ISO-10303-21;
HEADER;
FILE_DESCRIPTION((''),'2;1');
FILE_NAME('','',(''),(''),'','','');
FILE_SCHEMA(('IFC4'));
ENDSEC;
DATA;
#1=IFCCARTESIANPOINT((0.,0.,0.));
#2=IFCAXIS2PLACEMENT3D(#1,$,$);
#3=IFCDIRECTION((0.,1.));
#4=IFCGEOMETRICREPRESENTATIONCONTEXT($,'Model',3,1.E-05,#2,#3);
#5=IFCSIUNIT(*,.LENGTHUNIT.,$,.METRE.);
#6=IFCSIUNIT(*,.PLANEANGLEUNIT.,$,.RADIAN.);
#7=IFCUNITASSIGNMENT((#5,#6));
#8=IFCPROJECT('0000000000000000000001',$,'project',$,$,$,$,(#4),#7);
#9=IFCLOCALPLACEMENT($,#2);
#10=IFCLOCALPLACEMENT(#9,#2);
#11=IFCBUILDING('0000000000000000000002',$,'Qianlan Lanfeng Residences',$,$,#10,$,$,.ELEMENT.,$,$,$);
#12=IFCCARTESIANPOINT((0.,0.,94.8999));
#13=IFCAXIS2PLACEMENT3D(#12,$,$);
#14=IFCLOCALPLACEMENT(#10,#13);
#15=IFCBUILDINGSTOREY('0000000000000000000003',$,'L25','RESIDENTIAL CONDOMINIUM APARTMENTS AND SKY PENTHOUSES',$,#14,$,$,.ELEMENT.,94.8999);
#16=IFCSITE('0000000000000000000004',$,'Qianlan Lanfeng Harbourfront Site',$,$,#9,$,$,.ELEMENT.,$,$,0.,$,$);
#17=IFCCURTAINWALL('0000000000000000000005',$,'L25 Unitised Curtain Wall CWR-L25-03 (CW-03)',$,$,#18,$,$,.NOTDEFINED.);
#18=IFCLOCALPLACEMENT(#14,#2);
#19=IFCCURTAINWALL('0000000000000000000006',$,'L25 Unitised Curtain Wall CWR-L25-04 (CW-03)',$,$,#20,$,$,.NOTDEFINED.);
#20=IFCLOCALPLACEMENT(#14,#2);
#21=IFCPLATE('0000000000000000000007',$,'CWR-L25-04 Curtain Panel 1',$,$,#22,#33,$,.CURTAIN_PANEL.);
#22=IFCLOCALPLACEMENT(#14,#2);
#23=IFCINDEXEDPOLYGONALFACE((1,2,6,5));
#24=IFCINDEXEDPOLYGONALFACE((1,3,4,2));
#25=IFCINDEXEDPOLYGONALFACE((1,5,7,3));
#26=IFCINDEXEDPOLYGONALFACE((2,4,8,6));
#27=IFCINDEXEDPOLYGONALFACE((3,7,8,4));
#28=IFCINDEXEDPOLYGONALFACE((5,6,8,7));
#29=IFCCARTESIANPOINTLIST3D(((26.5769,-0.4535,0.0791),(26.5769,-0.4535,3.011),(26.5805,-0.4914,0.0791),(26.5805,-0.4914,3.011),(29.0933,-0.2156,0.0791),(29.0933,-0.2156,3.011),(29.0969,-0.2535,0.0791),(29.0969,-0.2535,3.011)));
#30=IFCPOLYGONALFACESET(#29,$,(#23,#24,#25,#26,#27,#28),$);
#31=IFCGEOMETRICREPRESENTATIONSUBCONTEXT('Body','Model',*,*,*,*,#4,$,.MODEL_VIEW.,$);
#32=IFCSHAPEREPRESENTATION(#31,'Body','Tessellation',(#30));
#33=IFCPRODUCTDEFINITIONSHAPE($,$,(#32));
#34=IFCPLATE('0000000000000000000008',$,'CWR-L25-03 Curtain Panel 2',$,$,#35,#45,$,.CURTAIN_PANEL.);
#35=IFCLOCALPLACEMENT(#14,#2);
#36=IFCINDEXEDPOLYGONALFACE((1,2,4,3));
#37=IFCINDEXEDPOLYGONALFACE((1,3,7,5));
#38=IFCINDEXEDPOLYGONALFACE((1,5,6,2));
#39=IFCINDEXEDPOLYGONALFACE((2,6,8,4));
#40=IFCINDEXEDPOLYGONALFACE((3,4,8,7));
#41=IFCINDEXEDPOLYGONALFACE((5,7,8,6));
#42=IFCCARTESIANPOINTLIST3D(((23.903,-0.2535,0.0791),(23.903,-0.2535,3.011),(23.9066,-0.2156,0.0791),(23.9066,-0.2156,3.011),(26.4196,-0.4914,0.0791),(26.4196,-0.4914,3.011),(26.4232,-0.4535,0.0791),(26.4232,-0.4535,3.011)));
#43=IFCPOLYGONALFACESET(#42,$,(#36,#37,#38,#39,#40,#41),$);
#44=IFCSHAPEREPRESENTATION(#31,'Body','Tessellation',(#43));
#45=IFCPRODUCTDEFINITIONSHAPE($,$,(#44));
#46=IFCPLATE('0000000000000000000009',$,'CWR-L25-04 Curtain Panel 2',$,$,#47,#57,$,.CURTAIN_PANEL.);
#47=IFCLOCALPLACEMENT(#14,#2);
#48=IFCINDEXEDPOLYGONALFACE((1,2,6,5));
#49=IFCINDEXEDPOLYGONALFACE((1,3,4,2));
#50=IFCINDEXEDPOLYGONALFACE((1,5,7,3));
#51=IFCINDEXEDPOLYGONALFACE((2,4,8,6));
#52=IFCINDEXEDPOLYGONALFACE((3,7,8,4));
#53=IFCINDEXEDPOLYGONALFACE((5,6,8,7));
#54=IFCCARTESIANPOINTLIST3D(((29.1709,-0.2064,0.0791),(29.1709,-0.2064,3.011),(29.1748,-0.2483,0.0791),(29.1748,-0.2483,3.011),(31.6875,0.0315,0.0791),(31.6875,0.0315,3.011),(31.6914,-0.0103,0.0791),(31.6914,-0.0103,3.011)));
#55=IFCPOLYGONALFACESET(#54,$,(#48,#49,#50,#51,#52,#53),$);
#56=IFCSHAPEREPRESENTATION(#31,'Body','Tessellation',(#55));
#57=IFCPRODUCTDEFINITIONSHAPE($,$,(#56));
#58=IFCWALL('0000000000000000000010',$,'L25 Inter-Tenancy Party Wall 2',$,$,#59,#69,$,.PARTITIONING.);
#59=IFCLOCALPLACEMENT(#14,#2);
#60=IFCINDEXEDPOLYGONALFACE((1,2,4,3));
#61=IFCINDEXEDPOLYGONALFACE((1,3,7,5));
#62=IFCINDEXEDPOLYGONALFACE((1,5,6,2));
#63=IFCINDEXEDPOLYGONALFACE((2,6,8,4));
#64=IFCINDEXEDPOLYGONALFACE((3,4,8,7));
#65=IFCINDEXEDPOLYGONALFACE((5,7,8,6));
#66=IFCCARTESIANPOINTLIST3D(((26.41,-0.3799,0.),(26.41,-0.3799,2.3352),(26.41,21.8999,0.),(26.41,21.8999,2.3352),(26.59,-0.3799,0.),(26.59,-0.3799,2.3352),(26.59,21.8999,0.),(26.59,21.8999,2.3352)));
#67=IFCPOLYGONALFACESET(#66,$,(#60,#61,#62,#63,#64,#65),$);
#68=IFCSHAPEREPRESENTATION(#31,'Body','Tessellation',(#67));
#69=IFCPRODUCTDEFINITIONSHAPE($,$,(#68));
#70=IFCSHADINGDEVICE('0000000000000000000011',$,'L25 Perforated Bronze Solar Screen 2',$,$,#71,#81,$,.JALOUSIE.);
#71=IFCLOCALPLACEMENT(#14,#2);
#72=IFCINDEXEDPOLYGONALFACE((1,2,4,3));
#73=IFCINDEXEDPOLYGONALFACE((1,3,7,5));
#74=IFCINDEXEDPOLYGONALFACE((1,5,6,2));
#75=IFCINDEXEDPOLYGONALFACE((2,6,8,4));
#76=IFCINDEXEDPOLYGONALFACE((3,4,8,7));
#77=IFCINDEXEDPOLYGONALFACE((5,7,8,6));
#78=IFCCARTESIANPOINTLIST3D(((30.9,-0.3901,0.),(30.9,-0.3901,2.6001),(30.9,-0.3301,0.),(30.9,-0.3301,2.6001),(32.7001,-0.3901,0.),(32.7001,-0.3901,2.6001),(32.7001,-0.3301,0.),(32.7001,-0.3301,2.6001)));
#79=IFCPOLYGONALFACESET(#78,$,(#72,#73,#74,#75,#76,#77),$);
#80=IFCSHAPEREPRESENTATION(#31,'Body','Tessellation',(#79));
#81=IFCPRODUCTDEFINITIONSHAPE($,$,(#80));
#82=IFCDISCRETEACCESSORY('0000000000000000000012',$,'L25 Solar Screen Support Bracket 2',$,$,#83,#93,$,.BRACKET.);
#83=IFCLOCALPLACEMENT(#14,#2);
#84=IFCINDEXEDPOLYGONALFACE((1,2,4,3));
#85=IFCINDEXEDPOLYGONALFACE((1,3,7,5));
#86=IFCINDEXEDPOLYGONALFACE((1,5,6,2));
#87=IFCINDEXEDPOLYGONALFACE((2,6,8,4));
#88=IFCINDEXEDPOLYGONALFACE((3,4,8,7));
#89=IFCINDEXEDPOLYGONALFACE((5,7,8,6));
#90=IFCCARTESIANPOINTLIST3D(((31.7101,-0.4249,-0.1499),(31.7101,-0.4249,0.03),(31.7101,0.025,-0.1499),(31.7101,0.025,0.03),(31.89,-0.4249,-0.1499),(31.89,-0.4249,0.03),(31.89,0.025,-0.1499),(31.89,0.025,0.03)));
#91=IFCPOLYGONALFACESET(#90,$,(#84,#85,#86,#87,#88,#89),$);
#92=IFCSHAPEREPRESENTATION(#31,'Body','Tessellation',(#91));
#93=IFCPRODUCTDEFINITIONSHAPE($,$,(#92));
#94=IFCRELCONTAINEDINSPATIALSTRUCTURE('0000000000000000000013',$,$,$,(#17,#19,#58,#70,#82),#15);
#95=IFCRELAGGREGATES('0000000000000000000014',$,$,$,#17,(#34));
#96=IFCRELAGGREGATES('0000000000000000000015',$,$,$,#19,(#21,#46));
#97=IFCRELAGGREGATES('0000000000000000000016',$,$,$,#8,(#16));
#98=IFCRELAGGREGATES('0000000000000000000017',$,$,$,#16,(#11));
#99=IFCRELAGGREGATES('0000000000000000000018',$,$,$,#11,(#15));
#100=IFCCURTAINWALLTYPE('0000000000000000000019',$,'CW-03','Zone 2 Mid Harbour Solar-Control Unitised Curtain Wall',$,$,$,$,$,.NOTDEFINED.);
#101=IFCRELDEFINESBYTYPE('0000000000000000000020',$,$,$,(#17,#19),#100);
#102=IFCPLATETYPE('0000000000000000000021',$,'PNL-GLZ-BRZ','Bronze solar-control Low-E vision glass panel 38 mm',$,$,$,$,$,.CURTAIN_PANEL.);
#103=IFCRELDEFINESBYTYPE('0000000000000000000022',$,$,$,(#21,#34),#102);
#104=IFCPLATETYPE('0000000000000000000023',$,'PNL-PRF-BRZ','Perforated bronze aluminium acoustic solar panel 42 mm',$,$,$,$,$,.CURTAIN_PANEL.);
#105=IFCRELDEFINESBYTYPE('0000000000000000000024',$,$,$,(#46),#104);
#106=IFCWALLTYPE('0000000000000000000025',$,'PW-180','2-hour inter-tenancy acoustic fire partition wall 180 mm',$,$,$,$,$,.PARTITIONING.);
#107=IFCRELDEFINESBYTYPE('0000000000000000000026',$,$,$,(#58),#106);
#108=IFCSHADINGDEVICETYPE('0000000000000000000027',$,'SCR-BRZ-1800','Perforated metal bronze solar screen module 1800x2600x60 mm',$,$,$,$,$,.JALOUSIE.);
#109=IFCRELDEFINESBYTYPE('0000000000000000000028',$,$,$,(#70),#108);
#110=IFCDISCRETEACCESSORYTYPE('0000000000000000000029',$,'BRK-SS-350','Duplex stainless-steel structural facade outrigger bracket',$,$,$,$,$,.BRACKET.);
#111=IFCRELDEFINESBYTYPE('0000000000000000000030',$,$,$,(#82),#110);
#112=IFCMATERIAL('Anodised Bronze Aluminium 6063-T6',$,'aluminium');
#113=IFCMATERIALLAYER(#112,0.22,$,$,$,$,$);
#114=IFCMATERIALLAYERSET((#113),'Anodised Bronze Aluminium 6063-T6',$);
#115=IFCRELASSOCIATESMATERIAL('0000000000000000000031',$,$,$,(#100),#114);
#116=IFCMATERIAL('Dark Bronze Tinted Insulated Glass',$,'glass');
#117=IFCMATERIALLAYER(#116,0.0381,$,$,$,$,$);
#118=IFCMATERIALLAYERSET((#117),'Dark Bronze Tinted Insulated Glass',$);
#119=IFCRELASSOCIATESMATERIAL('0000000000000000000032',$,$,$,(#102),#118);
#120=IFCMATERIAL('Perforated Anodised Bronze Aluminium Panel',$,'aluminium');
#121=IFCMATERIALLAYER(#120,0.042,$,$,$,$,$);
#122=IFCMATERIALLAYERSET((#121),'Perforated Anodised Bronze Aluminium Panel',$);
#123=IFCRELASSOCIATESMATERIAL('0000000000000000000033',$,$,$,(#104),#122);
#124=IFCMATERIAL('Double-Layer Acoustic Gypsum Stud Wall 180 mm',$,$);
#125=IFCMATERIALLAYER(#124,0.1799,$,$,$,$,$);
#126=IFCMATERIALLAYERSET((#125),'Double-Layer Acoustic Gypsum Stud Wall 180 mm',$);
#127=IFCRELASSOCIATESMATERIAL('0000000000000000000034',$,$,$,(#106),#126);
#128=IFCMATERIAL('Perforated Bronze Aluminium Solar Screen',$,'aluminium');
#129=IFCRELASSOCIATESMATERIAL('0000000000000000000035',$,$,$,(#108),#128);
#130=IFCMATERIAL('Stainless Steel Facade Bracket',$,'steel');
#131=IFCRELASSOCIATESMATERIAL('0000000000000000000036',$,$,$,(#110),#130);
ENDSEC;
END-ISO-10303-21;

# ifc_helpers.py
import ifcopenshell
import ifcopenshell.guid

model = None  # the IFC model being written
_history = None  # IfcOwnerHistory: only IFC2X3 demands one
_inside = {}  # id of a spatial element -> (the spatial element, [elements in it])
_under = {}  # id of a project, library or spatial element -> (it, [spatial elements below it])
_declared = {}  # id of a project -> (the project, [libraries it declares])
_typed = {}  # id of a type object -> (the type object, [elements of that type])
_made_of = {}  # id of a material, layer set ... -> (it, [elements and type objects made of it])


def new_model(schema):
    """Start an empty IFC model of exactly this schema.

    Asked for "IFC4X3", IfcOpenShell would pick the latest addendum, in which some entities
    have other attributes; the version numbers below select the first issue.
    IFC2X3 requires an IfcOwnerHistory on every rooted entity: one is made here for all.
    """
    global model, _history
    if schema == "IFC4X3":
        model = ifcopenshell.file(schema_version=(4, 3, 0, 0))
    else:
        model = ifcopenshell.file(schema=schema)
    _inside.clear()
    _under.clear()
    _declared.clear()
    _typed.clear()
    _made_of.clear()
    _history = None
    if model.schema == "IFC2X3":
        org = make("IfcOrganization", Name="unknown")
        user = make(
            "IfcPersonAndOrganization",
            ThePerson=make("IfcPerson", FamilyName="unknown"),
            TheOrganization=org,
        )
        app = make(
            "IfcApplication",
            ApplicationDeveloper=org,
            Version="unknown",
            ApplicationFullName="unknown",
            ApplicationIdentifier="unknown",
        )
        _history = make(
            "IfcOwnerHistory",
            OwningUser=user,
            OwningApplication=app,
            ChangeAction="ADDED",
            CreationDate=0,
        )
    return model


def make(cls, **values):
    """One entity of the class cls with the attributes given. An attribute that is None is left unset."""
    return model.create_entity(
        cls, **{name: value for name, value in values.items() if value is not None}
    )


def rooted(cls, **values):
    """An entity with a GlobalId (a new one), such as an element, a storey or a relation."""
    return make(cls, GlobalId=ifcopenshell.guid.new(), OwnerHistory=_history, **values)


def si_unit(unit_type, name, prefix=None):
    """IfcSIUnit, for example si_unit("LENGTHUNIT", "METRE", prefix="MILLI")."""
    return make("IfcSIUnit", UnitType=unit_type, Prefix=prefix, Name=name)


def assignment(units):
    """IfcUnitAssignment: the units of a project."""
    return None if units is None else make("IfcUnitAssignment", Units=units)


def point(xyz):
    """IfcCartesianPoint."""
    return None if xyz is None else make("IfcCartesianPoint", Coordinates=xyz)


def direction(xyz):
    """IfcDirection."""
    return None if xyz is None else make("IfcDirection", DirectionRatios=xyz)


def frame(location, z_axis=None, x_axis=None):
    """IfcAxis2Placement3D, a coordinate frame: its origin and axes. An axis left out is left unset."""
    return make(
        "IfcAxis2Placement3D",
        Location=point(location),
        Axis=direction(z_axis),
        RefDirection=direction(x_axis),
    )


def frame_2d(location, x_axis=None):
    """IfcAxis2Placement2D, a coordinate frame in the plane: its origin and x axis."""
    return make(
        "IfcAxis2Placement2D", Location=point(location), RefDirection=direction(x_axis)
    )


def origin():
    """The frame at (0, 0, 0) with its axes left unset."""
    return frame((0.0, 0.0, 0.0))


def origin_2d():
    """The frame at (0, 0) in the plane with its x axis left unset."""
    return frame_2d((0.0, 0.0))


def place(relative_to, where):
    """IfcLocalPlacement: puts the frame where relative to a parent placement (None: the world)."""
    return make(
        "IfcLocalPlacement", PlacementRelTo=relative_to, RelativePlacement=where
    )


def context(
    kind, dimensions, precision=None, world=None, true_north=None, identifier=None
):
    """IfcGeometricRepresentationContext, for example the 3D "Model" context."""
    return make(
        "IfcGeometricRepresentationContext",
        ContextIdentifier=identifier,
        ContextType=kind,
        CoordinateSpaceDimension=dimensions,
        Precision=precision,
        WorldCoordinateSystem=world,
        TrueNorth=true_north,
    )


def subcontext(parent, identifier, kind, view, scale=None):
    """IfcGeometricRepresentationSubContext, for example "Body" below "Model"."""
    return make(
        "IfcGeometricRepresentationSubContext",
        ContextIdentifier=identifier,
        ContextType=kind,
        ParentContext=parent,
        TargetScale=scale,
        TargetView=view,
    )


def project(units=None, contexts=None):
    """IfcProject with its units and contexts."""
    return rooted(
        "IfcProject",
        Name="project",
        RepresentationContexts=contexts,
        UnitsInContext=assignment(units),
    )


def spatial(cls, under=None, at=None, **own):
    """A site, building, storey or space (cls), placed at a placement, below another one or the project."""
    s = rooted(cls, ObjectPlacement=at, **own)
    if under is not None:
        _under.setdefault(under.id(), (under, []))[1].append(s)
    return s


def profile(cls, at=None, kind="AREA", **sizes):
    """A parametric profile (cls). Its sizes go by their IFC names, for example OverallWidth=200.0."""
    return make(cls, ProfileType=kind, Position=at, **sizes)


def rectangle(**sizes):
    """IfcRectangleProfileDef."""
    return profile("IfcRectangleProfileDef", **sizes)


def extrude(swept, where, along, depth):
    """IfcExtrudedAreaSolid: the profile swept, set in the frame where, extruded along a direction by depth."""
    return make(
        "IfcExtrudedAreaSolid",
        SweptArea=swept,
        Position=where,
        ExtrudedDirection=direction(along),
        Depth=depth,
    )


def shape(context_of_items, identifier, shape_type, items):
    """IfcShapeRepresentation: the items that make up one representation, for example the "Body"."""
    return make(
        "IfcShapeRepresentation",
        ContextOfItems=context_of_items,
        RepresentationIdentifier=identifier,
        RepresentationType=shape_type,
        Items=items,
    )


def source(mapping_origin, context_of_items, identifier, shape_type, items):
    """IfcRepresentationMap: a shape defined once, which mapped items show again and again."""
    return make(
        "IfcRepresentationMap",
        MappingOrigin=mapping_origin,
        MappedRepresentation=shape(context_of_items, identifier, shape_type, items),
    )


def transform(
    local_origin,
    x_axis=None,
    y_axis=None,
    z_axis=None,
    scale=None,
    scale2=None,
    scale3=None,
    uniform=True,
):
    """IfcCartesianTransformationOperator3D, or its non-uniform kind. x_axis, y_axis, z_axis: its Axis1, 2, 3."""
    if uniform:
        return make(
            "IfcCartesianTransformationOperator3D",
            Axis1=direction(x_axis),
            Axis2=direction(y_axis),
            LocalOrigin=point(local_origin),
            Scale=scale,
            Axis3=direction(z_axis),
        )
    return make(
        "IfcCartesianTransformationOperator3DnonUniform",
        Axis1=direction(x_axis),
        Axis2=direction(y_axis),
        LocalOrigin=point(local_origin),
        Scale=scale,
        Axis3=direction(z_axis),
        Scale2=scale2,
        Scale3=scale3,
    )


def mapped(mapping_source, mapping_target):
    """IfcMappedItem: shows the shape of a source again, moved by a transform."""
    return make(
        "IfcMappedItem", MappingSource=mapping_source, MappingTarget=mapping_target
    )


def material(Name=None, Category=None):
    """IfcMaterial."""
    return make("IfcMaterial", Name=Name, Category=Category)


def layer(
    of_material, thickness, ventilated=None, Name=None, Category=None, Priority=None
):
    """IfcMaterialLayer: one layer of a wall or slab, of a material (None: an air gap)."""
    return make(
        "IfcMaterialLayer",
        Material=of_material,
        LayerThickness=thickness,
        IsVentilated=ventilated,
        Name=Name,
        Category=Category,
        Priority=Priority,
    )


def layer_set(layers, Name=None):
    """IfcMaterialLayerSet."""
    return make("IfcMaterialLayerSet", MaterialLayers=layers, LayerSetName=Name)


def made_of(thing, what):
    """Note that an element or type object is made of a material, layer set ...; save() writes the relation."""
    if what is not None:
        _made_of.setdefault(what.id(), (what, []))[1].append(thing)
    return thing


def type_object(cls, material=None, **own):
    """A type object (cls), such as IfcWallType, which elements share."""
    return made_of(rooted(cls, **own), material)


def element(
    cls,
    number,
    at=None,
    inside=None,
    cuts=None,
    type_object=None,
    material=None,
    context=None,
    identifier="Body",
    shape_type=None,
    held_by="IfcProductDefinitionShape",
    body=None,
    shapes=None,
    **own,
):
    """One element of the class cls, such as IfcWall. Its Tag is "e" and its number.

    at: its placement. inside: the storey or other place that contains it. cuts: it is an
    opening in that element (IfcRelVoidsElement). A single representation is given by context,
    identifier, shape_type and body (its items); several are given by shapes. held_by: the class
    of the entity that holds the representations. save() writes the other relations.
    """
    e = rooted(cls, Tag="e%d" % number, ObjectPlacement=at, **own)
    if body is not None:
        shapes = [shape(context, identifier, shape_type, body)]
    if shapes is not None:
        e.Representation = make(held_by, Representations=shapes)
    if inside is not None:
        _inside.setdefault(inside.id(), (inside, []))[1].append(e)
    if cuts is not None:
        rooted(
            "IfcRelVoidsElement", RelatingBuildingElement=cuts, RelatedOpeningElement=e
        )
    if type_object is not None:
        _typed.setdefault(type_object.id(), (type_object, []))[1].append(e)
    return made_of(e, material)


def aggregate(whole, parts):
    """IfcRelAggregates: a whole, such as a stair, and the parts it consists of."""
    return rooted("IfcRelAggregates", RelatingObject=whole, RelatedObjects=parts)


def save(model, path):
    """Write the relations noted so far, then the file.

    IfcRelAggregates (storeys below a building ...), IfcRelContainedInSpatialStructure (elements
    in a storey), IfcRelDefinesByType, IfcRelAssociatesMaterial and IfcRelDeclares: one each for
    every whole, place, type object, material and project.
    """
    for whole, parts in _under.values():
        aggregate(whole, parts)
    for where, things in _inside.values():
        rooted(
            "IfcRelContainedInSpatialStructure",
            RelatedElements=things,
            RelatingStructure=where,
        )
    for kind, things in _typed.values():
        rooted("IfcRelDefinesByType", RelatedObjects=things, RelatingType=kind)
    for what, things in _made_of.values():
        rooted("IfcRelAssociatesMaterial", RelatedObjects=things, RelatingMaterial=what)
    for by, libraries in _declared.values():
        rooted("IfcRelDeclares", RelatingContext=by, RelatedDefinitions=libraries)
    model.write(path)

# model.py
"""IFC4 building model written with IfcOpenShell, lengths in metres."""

from ifc_helpers import new_model, si_unit, direction, frame, frame_2d, origin, origin_2d, place, context, subcontext, project, spatial, rectangle, extrude, source, transform, mapped, material, layer, layer_set, type_object, element, aggregate, save


model = new_model("IFC4")

# Units and contexts
model_context = context("Model", 3, precision=1e-05, world=origin(), true_north=direction((0.0, 1.0)))
body_context = subcontext(model_context, "Body", "Model", "MODEL_VIEW")
ifc_project = project(units=[si_unit("LENGTHUNIT", "METRE"), si_unit("PLANEANGLEUNIT", "RADIAN")], contexts=[model_context])

# Site, building, storey
site_placement = place(None, origin())
site = spatial("IfcSite", under=ifc_project, at=site_placement, Name="Qianlan Lanfeng Harbourfront Site", CompositionType="ELEMENT", RefElevation=0.0)
building_placement = place(site_placement, origin())
building = spatial("IfcBuilding", under=site, at=building_placement, Name="Qianlan Lanfeng Residences", CompositionType="ELEMENT")
storey_placement = place(building_placement, frame((0.0, 0.0, 94.8999)))
storey = spatial("IfcBuildingStorey", under=building, at=storey_placement, Name="L25", Description="RESIDENTIAL CONDOMINIUM APARTMENTS AND SKY PENTHOUSES", CompositionType="ELEMENT", Elevation=94.8999)

# Curtain walls
ifc_material_1 = material(Name="Anodised Bronze Aluminium 6063-T6", Category="aluminium")
ifc_layer_1 = layer(ifc_material_1, 0.22)
ifc_layer_set_1 = layer_set([ifc_layer_1], Name="Anodised Bronze Aluminium 6063-T6")
curtain_wall_type = type_object("IfcCurtainWallType", Name="CW-03", Description="Zone 2 Mid Harbour Solar-Control Unitised Curtain Wall", PredefinedType="NOTDEFINED", material=ifc_layer_set_1)
curtain_wall_1_placement = place(storey_placement, origin())
curtain_wall_1 = element("IfcCurtainWall", 1, at=curtain_wall_1_placement, inside=storey, type_object=curtain_wall_type, Name="L25 Unitised Curtain Wall CWR-L25-03 (CW-03)", PredefinedType="NOTDEFINED")
curtain_wall_2_placement = place(storey_placement, origin())
curtain_wall_2 = element("IfcCurtainWall", 2, at=curtain_wall_2_placement, inside=storey, type_object=curtain_wall_type, Name="L25 Unitised Curtain Wall CWR-L25-04 (CW-03)", PredefinedType="NOTDEFINED")

# Plates
ifc_material_2 = material(Name="Dark Bronze Tinted Insulated Glass", Category="glass")
ifc_layer_2 = layer(ifc_material_2, 0.0381)
ifc_layer_set_2 = layer_set([ifc_layer_2], Name="Dark Bronze Tinted Insulated Glass")
plate_type_1 = type_object("IfcPlateType", Name="PNL-GLZ-BRZ", Description="Bronze solar-control Low-E vision glass panel 38 mm", PredefinedType="CURTAIN_PANEL", material=ifc_layer_set_2)
shared_shape_1 = source(origin(), body_context, "Body", "SweptSolid", [
    extrude(rectangle(XDim=2.5276, YDim=0.0381, at=origin_2d()), origin(), (0.0, 0.0, 1.0), 2.9319),
])
plate_1_placement = place(storey_placement, frame((27.8369, -0.3535, 0.0791), z_axis=(0.0, 0.0, 1.0), x_axis=(0.995561, 0.094114, 0.0)))
plate_1 = element("IfcPlate", 3, at=plate_1_placement, type_object=plate_type_1, Name="CWR-L25-04 Curtain Panel 1", PredefinedType="CURTAIN_PANEL", context=body_context, shape_type="MappedRepresentation", body=[
    mapped(shared_shape_1, transform((0.0, 0.0, 0.0), scale=1.0)),
])
shared_shape_2 = source(origin(), body_context, "Body", "SweptSolid", [
    extrude(rectangle(XDim=2.5278, YDim=0.0381, at=origin_2d()), origin(), (0.0, 0.0, 1.0), 2.9319),
])
plate_2_placement = place(storey_placement, frame((25.1631, -0.3535, 0.0791), z_axis=(0.0, 0.0, 1.0), x_axis=(0.995561, -0.094114, 0.0)))
plate_2 = element("IfcPlate", 4, at=plate_2_placement, type_object=plate_type_1, Name="CWR-L25-03 Curtain Panel 2", PredefinedType="CURTAIN_PANEL", context=body_context, shape_type="MappedRepresentation", body=[
    mapped(shared_shape_2, transform((0.0, 0.0, 0.0), scale=1.0)),
])
aggregate(curtain_wall_1, [plate_2])
ifc_material_3 = material(Name="Perforated Anodised Bronze Aluminium Panel", Category="aluminium")
ifc_layer_3 = layer(ifc_material_3, 0.042)
ifc_layer_set_3 = layer_set([ifc_layer_3], Name="Perforated Anodised Bronze Aluminium Panel")
plate_type_2 = type_object("IfcPlateType", Name="PNL-PRF-BRZ", Description="Perforated bronze aluminium acoustic solar panel 42 mm", PredefinedType="CURTAIN_PANEL", material=ifc_layer_set_3)
shared_shape_3 = source(origin(), body_context, "Body", "SweptSolid", [
    extrude(rectangle(XDim=2.5278, YDim=0.042, at=origin_2d()), origin(), (0.0, 0.0, 1.0), 2.9319),
])
plate_3_placement = place(storey_placement, frame((30.4312, -0.1084, 0.0791), z_axis=(0.0, 0.0, 1.0), x_axis=(0.995561, 0.094114, 0.0)))
plate_3 = element("IfcPlate", 5, at=plate_3_placement, type_object=plate_type_2, Name="CWR-L25-04 Curtain Panel 2", PredefinedType="CURTAIN_PANEL", context=body_context, shape_type="MappedRepresentation", body=[
    mapped(shared_shape_3, transform((0.0, 0.0, 0.0), scale=1.0)),
])
aggregate(curtain_wall_2, [plate_1, plate_3])

# Wall
ifc_material_4 = material(Name="Double-Layer Acoustic Gypsum Stud Wall 180 mm")
ifc_layer_4 = layer(ifc_material_4, 0.1799)
ifc_layer_set_4 = layer_set([ifc_layer_4], Name="Double-Layer Acoustic Gypsum Stud Wall 180 mm")
wall_type = type_object("IfcWallType", Name="PW-180", Description="2-hour inter-tenancy acoustic fire partition wall 180 mm", PredefinedType="PARTITIONING", material=ifc_layer_set_4)
wall_placement = place(storey_placement, frame((26.5, -0.3799, 0.0), z_axis=(0.0, 0.0, 1.0), x_axis=(0.0, 1.0, 0.0)))
element("IfcWall", 6, at=wall_placement, inside=storey, type_object=wall_type, Name="L25 Inter-Tenancy Party Wall 2", PredefinedType="PARTITIONING", context=body_context, shape_type="SweptSolid", body=[
    extrude(rectangle(XDim=22.2798, YDim=0.1799, at=frame_2d((11.1399, 0.0))), origin(), (0.0, 0.0, 1.0), 2.3352),
])

# Shading device
ifc_material_5 = material(Name="Perforated Bronze Aluminium Solar Screen", Category="aluminium")
shading_device_type = type_object("IfcShadingDeviceType", Name="SCR-BRZ-1800", Description="Perforated metal bronze solar screen module 1800x2600x60 mm", PredefinedType="JALOUSIE", material=ifc_material_5)
shared_shape_4 = source(origin(), body_context, "Body", "SweptSolid", [
    extrude(rectangle(XDim=1.8, YDim=0.0601, at=origin_2d()), origin(), (0.0, 0.0, 1.0), 2.6001),
])
shading_device_placement = place(storey_placement, frame((31.8, -0.3601, 0.0), z_axis=(0.0, 0.0, 1.0), x_axis=(1.0, 0.0, 0.0)))
element("IfcShadingDevice", 7, at=shading_device_placement, inside=storey, type_object=shading_device_type, Name="L25 Perforated Bronze Solar Screen 2", PredefinedType="JALOUSIE", context=body_context, shape_type="MappedRepresentation", body=[
    mapped(shared_shape_4, transform((0.0, 0.0, 0.0), scale=1.0)),
])

# Discrete accessory
ifc_material_6 = material(Name="Stainless Steel Facade Bracket", Category="steel")
discrete_accessory_type = type_object("IfcDiscreteAccessoryType", Name="BRK-SS-350", Description="Duplex stainless-steel structural facade outrigger bracket", PredefinedType="BRACKET", material=ifc_material_6)
shared_shape_5 = source(origin(), body_context, "Body", "SweptSolid", [
    extrude(rectangle(XDim=0.1799, YDim=0.45, at=origin_2d()), origin(), (0.0, 0.0, 1.0), 0.1799),
])
discrete_accessory_placement = place(storey_placement, frame((31.8, -0.2, -0.1499), z_axis=(0.0, 0.0, 1.0), x_axis=(1.0, 0.0, 0.0)))
element("IfcDiscreteAccessory", 8, at=discrete_accessory_placement, inside=storey, type_object=discrete_accessory_type, Name="L25 Solar Screen Support Bracket 2", PredefinedType="BRACKET", context=body_context, shape_type="MappedRepresentation", body=[
    mapped(shared_shape_5, transform((0.0, 0.0, 0.0), scale=1.0)),
])

save(model, "model.ifc")
